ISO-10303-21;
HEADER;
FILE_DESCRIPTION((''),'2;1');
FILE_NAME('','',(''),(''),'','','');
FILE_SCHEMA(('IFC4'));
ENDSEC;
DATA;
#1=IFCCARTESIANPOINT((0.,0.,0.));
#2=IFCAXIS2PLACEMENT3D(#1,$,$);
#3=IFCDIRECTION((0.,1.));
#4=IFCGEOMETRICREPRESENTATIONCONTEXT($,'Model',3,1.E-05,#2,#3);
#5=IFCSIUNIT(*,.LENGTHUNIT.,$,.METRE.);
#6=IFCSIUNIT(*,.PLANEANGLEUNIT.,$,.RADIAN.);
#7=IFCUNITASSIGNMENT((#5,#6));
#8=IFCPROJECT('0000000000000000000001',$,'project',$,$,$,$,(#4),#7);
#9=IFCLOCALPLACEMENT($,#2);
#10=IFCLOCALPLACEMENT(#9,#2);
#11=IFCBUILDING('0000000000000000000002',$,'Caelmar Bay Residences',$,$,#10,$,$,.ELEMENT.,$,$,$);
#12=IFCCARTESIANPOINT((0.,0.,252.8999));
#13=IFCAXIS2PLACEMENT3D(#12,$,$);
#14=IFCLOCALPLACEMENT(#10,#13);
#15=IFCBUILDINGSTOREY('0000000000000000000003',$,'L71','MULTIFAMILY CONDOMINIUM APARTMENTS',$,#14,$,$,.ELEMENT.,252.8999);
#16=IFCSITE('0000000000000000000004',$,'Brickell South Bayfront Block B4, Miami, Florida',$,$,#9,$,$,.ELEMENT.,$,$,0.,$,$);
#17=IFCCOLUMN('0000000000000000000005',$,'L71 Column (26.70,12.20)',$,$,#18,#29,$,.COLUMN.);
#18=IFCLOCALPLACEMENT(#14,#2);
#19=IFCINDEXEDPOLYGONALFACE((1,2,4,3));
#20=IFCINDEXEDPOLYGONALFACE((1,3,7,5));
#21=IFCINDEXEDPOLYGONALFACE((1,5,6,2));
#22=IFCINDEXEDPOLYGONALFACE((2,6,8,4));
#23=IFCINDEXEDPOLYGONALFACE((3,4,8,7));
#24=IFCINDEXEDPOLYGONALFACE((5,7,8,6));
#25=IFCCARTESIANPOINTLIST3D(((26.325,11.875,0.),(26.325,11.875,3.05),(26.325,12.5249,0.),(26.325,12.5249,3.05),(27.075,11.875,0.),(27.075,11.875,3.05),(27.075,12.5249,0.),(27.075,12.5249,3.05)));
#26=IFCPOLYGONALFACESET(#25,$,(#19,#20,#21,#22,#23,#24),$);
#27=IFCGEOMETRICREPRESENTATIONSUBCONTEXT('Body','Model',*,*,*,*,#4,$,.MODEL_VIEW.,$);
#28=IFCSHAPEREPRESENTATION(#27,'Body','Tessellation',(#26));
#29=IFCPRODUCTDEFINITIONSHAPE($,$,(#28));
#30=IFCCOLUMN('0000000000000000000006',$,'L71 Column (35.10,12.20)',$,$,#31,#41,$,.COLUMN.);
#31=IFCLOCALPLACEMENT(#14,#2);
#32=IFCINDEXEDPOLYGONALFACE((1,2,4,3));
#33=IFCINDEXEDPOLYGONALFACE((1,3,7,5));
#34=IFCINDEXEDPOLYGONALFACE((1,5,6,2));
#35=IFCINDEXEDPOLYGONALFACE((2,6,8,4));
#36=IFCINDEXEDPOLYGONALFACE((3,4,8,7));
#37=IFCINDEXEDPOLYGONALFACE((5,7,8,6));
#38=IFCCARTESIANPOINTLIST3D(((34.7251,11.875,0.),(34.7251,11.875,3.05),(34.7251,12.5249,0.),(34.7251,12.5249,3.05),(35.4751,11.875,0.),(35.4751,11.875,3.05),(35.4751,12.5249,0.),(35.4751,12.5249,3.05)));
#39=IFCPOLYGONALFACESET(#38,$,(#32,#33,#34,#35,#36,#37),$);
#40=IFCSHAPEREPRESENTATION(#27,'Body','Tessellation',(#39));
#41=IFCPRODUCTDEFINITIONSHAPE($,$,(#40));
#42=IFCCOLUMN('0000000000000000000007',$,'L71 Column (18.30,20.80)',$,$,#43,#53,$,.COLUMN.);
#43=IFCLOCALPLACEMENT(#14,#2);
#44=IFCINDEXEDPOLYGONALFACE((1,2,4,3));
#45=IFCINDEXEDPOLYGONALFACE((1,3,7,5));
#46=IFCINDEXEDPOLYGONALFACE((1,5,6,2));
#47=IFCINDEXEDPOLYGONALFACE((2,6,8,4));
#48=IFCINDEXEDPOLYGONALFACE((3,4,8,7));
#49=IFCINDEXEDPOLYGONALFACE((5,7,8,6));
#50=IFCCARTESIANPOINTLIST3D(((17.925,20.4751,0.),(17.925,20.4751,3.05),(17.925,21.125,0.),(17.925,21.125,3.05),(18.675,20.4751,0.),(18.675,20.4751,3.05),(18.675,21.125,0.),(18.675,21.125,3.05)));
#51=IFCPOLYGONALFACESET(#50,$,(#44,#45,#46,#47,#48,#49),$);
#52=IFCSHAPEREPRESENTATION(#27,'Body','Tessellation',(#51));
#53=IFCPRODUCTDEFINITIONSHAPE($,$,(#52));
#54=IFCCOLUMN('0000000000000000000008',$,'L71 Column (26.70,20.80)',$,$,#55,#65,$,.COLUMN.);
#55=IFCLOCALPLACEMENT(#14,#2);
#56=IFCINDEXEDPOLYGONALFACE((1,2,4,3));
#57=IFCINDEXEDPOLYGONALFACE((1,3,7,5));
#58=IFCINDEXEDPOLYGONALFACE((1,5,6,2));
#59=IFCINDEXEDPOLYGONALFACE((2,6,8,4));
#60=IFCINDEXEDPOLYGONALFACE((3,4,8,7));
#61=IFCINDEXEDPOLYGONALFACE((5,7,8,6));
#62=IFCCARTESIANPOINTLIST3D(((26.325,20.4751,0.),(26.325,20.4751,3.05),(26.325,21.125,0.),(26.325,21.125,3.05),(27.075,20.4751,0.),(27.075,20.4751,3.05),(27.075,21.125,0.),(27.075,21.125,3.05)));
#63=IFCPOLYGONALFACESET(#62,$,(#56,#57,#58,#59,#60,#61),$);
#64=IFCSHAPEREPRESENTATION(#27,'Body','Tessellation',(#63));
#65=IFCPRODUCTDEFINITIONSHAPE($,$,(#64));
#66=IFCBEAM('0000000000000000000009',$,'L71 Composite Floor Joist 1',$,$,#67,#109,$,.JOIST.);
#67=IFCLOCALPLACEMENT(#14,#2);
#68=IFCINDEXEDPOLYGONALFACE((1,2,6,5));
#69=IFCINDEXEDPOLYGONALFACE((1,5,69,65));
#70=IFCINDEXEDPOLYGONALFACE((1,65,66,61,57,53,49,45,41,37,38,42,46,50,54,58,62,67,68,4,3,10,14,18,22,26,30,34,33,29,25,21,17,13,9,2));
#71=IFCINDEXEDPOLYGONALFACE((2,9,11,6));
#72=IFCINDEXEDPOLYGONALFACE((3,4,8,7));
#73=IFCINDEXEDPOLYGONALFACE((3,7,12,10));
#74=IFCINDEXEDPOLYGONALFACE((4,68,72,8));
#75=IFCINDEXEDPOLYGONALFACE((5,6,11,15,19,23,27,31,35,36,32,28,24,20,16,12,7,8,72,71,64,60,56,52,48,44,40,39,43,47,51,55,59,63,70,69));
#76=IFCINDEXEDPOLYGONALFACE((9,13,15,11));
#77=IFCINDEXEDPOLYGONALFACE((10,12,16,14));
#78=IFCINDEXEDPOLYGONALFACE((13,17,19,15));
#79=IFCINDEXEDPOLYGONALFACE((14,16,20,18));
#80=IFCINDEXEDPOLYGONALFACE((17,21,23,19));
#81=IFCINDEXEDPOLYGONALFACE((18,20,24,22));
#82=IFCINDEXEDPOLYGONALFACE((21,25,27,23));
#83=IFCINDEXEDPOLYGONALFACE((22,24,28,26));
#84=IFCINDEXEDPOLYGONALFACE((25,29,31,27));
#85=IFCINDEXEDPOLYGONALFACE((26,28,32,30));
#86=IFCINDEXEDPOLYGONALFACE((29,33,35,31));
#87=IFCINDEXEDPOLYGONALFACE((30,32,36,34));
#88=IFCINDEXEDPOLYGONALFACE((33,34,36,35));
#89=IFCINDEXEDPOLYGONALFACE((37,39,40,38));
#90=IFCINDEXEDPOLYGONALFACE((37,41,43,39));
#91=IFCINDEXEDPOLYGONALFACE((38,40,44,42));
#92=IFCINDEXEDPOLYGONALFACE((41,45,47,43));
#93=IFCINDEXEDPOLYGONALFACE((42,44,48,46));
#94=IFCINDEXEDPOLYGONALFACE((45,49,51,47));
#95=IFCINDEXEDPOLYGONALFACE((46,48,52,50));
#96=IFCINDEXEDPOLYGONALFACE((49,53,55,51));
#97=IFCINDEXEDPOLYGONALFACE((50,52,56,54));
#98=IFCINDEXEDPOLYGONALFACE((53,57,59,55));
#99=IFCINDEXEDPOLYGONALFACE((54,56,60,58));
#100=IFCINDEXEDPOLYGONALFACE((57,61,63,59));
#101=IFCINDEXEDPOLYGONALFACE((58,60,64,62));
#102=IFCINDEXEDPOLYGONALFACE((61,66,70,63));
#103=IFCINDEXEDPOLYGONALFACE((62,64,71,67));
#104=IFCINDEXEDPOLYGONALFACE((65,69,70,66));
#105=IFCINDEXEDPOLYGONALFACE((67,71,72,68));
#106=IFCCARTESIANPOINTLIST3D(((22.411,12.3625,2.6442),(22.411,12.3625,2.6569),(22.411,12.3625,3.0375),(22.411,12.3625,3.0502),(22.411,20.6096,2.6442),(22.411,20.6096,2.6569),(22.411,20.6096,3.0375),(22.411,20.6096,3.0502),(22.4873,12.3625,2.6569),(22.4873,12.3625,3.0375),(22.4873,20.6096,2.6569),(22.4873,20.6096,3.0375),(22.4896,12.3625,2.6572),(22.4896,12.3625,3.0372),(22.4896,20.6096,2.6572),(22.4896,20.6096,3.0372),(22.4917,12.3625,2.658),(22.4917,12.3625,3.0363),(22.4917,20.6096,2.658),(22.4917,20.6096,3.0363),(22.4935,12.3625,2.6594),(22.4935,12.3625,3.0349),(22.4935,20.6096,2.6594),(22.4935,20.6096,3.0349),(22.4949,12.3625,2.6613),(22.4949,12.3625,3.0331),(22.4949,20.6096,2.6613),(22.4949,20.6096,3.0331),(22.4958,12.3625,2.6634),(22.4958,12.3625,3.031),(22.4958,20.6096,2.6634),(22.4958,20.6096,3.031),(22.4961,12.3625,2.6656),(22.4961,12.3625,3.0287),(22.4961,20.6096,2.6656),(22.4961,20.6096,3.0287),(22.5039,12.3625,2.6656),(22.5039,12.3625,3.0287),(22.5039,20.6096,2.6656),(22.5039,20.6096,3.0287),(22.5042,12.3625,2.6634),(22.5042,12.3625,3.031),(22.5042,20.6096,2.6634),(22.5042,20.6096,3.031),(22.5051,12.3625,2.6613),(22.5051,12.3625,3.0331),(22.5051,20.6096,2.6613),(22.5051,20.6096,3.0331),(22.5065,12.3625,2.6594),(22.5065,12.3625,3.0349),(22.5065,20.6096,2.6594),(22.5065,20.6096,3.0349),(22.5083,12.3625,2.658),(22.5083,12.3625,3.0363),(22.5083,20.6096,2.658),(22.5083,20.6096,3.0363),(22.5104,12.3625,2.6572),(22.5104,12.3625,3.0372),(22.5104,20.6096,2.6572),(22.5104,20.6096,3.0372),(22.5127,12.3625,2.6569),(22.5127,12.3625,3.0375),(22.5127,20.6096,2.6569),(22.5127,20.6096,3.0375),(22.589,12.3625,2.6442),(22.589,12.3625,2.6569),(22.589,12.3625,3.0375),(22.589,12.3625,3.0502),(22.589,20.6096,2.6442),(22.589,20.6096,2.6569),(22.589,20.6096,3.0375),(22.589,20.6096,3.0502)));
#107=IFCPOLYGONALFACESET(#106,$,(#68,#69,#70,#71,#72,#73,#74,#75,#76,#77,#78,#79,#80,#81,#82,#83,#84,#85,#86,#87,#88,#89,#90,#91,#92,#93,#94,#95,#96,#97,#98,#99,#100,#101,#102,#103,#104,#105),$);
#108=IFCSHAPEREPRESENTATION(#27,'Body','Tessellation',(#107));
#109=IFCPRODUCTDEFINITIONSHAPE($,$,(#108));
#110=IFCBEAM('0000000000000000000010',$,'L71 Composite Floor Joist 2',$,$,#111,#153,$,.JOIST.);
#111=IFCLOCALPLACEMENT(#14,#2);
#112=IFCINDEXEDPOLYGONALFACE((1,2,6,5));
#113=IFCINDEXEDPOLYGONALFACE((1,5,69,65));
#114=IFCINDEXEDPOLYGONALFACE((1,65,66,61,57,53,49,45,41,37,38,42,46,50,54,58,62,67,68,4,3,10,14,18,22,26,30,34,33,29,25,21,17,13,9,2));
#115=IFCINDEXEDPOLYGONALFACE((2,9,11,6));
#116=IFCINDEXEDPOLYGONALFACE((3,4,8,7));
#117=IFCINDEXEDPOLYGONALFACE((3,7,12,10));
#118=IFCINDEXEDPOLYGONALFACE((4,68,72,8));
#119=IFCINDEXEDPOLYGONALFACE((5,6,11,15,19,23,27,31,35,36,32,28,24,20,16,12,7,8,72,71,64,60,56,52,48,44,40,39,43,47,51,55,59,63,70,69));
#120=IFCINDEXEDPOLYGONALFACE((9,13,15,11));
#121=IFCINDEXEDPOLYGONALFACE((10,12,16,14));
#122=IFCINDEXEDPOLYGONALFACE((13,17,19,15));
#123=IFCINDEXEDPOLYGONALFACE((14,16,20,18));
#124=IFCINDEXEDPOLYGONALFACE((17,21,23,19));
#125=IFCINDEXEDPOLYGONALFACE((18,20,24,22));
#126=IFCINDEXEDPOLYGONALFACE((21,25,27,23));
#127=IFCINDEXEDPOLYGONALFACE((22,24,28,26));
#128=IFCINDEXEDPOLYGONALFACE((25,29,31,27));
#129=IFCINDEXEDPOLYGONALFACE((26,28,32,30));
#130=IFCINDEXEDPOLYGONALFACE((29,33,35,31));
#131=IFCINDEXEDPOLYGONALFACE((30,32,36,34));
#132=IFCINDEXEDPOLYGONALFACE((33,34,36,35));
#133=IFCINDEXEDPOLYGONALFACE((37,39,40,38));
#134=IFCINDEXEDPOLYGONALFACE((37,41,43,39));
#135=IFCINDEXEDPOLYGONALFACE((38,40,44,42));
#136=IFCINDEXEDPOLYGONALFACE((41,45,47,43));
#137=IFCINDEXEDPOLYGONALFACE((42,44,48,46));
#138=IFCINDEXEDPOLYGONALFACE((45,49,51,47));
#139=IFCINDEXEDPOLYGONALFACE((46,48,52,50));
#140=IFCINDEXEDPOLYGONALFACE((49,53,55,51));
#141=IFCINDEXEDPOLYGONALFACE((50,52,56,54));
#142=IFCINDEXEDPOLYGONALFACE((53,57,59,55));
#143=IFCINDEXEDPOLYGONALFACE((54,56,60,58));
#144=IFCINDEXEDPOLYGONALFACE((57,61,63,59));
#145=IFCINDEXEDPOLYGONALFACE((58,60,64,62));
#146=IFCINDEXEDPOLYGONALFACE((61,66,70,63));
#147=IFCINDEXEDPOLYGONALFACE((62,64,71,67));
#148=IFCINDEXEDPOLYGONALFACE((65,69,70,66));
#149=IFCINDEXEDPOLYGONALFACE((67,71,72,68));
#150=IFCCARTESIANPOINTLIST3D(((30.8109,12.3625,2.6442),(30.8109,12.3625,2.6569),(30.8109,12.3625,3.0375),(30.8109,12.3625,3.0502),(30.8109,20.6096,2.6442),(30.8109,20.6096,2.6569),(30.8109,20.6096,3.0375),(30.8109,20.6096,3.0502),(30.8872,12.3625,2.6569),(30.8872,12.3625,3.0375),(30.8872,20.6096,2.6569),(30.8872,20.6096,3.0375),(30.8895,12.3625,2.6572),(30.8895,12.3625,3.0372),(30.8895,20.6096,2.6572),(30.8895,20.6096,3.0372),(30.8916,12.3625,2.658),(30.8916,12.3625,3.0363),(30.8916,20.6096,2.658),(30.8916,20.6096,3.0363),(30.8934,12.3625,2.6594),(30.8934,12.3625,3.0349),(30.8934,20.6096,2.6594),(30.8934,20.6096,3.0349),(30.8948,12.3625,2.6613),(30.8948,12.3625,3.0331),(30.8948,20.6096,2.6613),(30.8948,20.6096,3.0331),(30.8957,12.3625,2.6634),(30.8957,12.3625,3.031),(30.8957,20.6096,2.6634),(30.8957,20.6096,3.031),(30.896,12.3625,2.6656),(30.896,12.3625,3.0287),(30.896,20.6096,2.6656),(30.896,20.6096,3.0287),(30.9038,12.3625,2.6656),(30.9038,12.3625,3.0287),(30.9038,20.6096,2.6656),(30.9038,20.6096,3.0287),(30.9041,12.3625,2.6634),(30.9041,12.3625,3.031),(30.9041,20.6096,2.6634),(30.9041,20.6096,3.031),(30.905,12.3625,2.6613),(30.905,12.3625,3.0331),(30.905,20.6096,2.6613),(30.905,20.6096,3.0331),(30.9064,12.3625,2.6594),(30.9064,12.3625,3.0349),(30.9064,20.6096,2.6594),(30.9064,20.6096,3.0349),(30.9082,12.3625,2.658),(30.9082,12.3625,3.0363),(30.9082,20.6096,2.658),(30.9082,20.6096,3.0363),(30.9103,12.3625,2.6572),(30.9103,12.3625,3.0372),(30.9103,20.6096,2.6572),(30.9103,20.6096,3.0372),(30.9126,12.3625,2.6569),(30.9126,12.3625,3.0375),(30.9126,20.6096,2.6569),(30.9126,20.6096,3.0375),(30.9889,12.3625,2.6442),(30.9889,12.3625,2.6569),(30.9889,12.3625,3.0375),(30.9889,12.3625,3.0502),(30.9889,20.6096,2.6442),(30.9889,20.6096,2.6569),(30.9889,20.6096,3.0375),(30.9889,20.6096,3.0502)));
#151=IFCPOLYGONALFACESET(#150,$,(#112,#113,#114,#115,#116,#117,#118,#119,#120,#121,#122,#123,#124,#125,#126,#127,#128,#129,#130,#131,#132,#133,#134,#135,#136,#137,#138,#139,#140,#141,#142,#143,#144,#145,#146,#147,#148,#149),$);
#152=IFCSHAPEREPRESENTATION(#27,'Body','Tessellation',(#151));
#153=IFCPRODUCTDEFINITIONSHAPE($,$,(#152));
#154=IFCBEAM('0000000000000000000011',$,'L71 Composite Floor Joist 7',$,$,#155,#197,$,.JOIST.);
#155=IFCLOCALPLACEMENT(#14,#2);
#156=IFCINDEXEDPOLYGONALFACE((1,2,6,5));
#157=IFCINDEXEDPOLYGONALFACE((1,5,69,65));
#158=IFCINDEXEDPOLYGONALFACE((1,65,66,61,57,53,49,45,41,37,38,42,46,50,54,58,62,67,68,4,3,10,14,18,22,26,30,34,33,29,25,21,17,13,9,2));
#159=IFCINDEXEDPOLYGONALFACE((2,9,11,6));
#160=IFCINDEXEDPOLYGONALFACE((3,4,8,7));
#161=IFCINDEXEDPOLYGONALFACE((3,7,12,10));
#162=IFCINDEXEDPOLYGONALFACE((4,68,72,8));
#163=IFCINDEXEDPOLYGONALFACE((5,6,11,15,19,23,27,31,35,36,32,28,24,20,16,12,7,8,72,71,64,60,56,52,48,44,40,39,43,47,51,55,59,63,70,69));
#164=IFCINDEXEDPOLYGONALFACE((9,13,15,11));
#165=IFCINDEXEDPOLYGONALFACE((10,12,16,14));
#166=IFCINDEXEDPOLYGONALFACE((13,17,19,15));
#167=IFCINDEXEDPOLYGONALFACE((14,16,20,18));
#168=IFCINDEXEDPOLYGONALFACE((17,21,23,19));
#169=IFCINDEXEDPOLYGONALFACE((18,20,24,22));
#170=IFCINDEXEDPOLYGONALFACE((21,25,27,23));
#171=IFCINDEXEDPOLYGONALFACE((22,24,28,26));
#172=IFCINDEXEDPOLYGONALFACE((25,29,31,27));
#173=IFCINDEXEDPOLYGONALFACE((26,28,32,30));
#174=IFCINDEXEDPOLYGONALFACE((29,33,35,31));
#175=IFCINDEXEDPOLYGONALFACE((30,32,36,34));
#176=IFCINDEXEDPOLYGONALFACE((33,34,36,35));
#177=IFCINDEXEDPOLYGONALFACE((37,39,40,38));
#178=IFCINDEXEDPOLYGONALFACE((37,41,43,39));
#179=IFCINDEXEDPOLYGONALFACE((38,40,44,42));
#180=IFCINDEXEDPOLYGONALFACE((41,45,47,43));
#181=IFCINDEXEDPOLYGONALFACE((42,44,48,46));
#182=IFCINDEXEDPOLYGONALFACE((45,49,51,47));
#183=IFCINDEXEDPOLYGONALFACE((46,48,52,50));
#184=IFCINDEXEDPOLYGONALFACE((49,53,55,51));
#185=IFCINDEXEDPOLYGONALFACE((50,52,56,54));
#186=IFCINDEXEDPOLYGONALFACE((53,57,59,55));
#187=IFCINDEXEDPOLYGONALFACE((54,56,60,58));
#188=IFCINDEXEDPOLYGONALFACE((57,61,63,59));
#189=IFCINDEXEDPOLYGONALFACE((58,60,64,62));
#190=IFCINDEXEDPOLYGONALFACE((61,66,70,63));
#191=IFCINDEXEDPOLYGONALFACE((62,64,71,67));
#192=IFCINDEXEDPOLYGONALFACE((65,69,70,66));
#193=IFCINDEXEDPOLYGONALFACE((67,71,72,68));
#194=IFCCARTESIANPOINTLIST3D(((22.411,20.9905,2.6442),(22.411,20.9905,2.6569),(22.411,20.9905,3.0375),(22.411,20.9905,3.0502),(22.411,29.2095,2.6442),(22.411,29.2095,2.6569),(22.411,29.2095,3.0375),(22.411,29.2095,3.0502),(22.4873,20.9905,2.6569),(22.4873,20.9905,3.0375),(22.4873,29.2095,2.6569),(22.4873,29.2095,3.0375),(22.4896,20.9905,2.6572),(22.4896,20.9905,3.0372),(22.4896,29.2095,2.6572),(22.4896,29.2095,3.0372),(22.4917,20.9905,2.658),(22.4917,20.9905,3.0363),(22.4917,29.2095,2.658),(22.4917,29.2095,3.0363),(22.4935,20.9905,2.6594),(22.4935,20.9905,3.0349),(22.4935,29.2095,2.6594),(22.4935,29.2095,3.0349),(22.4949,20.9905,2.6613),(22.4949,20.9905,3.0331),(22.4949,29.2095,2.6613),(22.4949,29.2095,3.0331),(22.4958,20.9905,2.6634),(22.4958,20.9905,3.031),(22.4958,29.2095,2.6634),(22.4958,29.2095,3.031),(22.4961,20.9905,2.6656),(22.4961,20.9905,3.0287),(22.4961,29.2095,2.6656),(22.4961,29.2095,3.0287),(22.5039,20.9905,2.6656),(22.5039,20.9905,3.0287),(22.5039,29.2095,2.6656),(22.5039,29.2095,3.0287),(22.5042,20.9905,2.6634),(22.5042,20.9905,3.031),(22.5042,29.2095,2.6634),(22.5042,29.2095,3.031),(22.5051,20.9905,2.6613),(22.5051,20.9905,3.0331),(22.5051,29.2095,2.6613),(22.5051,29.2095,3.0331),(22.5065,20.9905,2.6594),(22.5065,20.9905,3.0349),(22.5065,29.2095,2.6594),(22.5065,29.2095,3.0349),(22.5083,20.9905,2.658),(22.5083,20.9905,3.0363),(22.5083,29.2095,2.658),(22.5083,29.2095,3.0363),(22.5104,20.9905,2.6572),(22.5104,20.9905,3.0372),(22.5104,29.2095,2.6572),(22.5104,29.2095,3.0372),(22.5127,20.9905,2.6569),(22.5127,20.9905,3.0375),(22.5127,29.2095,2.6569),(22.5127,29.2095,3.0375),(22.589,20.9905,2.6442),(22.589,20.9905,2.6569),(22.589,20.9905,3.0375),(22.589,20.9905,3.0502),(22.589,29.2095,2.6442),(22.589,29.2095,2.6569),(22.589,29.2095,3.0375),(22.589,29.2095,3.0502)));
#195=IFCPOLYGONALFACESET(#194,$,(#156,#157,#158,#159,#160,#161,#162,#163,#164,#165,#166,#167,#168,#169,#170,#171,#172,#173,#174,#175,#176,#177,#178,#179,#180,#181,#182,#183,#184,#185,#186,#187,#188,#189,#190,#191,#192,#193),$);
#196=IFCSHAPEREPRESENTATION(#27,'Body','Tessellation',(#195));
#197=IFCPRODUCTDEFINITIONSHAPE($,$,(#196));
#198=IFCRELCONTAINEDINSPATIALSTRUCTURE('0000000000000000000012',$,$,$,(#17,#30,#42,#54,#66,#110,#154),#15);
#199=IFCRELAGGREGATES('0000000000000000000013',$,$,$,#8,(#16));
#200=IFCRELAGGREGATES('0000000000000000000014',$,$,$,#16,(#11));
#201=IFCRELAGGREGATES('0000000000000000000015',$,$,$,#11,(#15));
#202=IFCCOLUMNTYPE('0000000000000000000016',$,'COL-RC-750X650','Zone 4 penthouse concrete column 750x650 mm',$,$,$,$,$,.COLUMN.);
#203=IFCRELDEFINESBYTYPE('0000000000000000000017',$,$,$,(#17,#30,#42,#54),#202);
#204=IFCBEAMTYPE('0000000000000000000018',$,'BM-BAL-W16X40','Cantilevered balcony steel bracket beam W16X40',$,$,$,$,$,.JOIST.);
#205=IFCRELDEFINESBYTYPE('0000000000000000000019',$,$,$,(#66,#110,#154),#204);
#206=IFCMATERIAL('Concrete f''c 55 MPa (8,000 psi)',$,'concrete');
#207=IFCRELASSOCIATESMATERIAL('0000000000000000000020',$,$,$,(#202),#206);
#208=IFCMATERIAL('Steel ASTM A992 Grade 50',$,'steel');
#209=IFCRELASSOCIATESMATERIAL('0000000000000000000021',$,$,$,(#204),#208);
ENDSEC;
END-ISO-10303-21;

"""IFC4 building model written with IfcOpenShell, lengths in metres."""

from ifc_helpers import new_model, si_unit, direction, frame, origin, origin_2d, place, context, subcontext, project, spatial, rectangle, i_section, extrude, material, material_profile, profile_set, type_object, element, save


model = new_model("IFC4")

# Units and contexts
model_context = context("Model", 3, precision=1e-05, world=origin(), true_north=direction((0.0, 1.0)))
body_context = subcontext(model_context, "Body", "Model", "MODEL_VIEW")
ifc_project = project(units=[si_unit("LENGTHUNIT", "METRE"), si_unit("PLANEANGLEUNIT", "RADIAN")], contexts=[model_context])

# Site, building, storey
site_placement = place(None, origin())
site = spatial("IfcSite", under=ifc_project, at=site_placement, Name="Brickell South Bayfront Block B4, Miami, Florida", CompositionType="ELEMENT", RefElevation=0.0)
building_placement = place(site_placement, origin())
building = spatial("IfcBuilding", under=site, at=building_placement, Name="Caelmar Bay Residences", CompositionType="ELEMENT")
storey_placement = place(building_placement, frame((0.0, 0.0, 252.8999)))
storey = spatial("IfcBuildingStorey", under=building, at=storey_placement, Name="L71", Description="MULTIFAMILY CONDOMINIUM APARTMENTS", CompositionType="ELEMENT", Elevation=252.8999)

# Columns
ifc_material_1 = material(Name="Concrete f'c 55 MPa (8,000 psi)", Category="concrete")
ifc_material_profile_1 = material_profile(ifc_material_1, rectangle(XDim=0.75, YDim=0.6499, at=origin_2d()), Name="RC-COL-750X650")
ifc_profile_set_1 = profile_set([ifc_material_profile_1], Name="Concrete f'c 55 MPa (8,000 psi)")
column_type = type_object("IfcColumnType", Name="COL-RC-750X650", Description="Zone 4 penthouse concrete column 750x650 mm", PredefinedType="COLUMN", material=ifc_profile_set_1)
for number, where, z_axis, x_axis, name in (
    (1, (26.7, 12.2, 0.0), (0.0, 0.0, 1.0), (1.0, 0.0, 0.0), "L71 Column (26.70,12.20)"),
    (2, (35.1001, 12.2, 0.0), (0.0, 0.0, 1.0), (1.0, 0.0, 0.0), "L71 Column (35.10,12.20)"),
    (3, (18.3, 20.8, 0.0), (0.0, 0.0, 1.0), (1.0, 0.0, 0.0), "L71 Column (18.30,20.80)"),
    (4, (26.7, 20.8, 0.0), (0.0, 0.0, 1.0), (1.0, 0.0, 0.0), "L71 Column (26.70,20.80)"),
):
    element("IfcColumn", number, at=place(storey_placement, frame(where, z_axis=z_axis, x_axis=x_axis)), inside=storey, type_object=column_type, Name=name, PredefinedType="COLUMN", context=body_context, shape_type="SweptSolid", body=[
        extrude(rectangle(XDim=0.75, YDim=0.6499, at=origin_2d()), origin(), (0.0, 0.0, 1.0), 3.05),
    ])

# Beams
ifc_material_2 = material(Name="Steel ASTM A992 Grade 50", Category="steel")
ifc_material_profile_2 = material_profile(ifc_material_2, i_section(OverallWidth=0.178, OverallDepth=0.406, WebThickness=0.0078, FlangeThickness=0.0127, FilletRadius=0.0088, at=origin_2d()), Name="W16X40")
ifc_profile_set_2 = profile_set([ifc_material_profile_2], Name="Steel ASTM A992 Grade 50")
beam_type_1 = type_object("IfcBeamType", Name="BM-BAL-W16X40", Description="Cantilevered balcony steel bracket beam W16X40", PredefinedType="JOIST", material=ifc_profile_set_2)
for number, where, z_axis, x_axis, name in (
    (5, (22.5, 12.3625, 2.8472), (0.0, 1.0, 0.0), (-1.0, 0.0, 0.0), "L71 Composite Floor Joist 1"),
    (6, (30.8999, 12.3625, 2.8472), (0.0, 1.0, 0.0), (-1.0, 0.0, 0.0), "L71 Composite Floor Joist 2"),
):
    element("IfcBeam", number, at=place(storey_placement, frame(where, z_axis=z_axis, x_axis=x_axis)), inside=storey, type_object=beam_type_1, Name=name, PredefinedType="JOIST", context=body_context, shape_type="SweptSolid", body=[
        extrude(i_section(OverallWidth=0.178, OverallDepth=0.406, WebThickness=0.0078, FlangeThickness=0.0127, FilletRadius=0.0088, at=origin_2d()), origin(), (0.0, 0.0, 1.0), 8.2471),
    ])
for number, where, z_axis, x_axis, name in (
    (7, (22.5, 20.9905, 2.8472), (0.0, 1.0, 0.0), (-1.0, 0.0, 0.0), "L71 Composite Floor Joist 7"),
):
    element("IfcBeam", number, at=place(storey_placement, frame(where, z_axis=z_axis, x_axis=x_axis)), inside=storey, type_object=beam_type_1, Name=name, PredefinedType="JOIST", context=body_context, shape_type="SweptSolid", body=[
        extrude(i_section(OverallWidth=0.178, OverallDepth=0.406, WebThickness=0.0078, FlangeThickness=0.0127, FilletRadius=0.0088, at=origin_2d()), origin(), (0.0, 0.0, 1.0), 8.219),
    ])

save(model, "model.ifc")
